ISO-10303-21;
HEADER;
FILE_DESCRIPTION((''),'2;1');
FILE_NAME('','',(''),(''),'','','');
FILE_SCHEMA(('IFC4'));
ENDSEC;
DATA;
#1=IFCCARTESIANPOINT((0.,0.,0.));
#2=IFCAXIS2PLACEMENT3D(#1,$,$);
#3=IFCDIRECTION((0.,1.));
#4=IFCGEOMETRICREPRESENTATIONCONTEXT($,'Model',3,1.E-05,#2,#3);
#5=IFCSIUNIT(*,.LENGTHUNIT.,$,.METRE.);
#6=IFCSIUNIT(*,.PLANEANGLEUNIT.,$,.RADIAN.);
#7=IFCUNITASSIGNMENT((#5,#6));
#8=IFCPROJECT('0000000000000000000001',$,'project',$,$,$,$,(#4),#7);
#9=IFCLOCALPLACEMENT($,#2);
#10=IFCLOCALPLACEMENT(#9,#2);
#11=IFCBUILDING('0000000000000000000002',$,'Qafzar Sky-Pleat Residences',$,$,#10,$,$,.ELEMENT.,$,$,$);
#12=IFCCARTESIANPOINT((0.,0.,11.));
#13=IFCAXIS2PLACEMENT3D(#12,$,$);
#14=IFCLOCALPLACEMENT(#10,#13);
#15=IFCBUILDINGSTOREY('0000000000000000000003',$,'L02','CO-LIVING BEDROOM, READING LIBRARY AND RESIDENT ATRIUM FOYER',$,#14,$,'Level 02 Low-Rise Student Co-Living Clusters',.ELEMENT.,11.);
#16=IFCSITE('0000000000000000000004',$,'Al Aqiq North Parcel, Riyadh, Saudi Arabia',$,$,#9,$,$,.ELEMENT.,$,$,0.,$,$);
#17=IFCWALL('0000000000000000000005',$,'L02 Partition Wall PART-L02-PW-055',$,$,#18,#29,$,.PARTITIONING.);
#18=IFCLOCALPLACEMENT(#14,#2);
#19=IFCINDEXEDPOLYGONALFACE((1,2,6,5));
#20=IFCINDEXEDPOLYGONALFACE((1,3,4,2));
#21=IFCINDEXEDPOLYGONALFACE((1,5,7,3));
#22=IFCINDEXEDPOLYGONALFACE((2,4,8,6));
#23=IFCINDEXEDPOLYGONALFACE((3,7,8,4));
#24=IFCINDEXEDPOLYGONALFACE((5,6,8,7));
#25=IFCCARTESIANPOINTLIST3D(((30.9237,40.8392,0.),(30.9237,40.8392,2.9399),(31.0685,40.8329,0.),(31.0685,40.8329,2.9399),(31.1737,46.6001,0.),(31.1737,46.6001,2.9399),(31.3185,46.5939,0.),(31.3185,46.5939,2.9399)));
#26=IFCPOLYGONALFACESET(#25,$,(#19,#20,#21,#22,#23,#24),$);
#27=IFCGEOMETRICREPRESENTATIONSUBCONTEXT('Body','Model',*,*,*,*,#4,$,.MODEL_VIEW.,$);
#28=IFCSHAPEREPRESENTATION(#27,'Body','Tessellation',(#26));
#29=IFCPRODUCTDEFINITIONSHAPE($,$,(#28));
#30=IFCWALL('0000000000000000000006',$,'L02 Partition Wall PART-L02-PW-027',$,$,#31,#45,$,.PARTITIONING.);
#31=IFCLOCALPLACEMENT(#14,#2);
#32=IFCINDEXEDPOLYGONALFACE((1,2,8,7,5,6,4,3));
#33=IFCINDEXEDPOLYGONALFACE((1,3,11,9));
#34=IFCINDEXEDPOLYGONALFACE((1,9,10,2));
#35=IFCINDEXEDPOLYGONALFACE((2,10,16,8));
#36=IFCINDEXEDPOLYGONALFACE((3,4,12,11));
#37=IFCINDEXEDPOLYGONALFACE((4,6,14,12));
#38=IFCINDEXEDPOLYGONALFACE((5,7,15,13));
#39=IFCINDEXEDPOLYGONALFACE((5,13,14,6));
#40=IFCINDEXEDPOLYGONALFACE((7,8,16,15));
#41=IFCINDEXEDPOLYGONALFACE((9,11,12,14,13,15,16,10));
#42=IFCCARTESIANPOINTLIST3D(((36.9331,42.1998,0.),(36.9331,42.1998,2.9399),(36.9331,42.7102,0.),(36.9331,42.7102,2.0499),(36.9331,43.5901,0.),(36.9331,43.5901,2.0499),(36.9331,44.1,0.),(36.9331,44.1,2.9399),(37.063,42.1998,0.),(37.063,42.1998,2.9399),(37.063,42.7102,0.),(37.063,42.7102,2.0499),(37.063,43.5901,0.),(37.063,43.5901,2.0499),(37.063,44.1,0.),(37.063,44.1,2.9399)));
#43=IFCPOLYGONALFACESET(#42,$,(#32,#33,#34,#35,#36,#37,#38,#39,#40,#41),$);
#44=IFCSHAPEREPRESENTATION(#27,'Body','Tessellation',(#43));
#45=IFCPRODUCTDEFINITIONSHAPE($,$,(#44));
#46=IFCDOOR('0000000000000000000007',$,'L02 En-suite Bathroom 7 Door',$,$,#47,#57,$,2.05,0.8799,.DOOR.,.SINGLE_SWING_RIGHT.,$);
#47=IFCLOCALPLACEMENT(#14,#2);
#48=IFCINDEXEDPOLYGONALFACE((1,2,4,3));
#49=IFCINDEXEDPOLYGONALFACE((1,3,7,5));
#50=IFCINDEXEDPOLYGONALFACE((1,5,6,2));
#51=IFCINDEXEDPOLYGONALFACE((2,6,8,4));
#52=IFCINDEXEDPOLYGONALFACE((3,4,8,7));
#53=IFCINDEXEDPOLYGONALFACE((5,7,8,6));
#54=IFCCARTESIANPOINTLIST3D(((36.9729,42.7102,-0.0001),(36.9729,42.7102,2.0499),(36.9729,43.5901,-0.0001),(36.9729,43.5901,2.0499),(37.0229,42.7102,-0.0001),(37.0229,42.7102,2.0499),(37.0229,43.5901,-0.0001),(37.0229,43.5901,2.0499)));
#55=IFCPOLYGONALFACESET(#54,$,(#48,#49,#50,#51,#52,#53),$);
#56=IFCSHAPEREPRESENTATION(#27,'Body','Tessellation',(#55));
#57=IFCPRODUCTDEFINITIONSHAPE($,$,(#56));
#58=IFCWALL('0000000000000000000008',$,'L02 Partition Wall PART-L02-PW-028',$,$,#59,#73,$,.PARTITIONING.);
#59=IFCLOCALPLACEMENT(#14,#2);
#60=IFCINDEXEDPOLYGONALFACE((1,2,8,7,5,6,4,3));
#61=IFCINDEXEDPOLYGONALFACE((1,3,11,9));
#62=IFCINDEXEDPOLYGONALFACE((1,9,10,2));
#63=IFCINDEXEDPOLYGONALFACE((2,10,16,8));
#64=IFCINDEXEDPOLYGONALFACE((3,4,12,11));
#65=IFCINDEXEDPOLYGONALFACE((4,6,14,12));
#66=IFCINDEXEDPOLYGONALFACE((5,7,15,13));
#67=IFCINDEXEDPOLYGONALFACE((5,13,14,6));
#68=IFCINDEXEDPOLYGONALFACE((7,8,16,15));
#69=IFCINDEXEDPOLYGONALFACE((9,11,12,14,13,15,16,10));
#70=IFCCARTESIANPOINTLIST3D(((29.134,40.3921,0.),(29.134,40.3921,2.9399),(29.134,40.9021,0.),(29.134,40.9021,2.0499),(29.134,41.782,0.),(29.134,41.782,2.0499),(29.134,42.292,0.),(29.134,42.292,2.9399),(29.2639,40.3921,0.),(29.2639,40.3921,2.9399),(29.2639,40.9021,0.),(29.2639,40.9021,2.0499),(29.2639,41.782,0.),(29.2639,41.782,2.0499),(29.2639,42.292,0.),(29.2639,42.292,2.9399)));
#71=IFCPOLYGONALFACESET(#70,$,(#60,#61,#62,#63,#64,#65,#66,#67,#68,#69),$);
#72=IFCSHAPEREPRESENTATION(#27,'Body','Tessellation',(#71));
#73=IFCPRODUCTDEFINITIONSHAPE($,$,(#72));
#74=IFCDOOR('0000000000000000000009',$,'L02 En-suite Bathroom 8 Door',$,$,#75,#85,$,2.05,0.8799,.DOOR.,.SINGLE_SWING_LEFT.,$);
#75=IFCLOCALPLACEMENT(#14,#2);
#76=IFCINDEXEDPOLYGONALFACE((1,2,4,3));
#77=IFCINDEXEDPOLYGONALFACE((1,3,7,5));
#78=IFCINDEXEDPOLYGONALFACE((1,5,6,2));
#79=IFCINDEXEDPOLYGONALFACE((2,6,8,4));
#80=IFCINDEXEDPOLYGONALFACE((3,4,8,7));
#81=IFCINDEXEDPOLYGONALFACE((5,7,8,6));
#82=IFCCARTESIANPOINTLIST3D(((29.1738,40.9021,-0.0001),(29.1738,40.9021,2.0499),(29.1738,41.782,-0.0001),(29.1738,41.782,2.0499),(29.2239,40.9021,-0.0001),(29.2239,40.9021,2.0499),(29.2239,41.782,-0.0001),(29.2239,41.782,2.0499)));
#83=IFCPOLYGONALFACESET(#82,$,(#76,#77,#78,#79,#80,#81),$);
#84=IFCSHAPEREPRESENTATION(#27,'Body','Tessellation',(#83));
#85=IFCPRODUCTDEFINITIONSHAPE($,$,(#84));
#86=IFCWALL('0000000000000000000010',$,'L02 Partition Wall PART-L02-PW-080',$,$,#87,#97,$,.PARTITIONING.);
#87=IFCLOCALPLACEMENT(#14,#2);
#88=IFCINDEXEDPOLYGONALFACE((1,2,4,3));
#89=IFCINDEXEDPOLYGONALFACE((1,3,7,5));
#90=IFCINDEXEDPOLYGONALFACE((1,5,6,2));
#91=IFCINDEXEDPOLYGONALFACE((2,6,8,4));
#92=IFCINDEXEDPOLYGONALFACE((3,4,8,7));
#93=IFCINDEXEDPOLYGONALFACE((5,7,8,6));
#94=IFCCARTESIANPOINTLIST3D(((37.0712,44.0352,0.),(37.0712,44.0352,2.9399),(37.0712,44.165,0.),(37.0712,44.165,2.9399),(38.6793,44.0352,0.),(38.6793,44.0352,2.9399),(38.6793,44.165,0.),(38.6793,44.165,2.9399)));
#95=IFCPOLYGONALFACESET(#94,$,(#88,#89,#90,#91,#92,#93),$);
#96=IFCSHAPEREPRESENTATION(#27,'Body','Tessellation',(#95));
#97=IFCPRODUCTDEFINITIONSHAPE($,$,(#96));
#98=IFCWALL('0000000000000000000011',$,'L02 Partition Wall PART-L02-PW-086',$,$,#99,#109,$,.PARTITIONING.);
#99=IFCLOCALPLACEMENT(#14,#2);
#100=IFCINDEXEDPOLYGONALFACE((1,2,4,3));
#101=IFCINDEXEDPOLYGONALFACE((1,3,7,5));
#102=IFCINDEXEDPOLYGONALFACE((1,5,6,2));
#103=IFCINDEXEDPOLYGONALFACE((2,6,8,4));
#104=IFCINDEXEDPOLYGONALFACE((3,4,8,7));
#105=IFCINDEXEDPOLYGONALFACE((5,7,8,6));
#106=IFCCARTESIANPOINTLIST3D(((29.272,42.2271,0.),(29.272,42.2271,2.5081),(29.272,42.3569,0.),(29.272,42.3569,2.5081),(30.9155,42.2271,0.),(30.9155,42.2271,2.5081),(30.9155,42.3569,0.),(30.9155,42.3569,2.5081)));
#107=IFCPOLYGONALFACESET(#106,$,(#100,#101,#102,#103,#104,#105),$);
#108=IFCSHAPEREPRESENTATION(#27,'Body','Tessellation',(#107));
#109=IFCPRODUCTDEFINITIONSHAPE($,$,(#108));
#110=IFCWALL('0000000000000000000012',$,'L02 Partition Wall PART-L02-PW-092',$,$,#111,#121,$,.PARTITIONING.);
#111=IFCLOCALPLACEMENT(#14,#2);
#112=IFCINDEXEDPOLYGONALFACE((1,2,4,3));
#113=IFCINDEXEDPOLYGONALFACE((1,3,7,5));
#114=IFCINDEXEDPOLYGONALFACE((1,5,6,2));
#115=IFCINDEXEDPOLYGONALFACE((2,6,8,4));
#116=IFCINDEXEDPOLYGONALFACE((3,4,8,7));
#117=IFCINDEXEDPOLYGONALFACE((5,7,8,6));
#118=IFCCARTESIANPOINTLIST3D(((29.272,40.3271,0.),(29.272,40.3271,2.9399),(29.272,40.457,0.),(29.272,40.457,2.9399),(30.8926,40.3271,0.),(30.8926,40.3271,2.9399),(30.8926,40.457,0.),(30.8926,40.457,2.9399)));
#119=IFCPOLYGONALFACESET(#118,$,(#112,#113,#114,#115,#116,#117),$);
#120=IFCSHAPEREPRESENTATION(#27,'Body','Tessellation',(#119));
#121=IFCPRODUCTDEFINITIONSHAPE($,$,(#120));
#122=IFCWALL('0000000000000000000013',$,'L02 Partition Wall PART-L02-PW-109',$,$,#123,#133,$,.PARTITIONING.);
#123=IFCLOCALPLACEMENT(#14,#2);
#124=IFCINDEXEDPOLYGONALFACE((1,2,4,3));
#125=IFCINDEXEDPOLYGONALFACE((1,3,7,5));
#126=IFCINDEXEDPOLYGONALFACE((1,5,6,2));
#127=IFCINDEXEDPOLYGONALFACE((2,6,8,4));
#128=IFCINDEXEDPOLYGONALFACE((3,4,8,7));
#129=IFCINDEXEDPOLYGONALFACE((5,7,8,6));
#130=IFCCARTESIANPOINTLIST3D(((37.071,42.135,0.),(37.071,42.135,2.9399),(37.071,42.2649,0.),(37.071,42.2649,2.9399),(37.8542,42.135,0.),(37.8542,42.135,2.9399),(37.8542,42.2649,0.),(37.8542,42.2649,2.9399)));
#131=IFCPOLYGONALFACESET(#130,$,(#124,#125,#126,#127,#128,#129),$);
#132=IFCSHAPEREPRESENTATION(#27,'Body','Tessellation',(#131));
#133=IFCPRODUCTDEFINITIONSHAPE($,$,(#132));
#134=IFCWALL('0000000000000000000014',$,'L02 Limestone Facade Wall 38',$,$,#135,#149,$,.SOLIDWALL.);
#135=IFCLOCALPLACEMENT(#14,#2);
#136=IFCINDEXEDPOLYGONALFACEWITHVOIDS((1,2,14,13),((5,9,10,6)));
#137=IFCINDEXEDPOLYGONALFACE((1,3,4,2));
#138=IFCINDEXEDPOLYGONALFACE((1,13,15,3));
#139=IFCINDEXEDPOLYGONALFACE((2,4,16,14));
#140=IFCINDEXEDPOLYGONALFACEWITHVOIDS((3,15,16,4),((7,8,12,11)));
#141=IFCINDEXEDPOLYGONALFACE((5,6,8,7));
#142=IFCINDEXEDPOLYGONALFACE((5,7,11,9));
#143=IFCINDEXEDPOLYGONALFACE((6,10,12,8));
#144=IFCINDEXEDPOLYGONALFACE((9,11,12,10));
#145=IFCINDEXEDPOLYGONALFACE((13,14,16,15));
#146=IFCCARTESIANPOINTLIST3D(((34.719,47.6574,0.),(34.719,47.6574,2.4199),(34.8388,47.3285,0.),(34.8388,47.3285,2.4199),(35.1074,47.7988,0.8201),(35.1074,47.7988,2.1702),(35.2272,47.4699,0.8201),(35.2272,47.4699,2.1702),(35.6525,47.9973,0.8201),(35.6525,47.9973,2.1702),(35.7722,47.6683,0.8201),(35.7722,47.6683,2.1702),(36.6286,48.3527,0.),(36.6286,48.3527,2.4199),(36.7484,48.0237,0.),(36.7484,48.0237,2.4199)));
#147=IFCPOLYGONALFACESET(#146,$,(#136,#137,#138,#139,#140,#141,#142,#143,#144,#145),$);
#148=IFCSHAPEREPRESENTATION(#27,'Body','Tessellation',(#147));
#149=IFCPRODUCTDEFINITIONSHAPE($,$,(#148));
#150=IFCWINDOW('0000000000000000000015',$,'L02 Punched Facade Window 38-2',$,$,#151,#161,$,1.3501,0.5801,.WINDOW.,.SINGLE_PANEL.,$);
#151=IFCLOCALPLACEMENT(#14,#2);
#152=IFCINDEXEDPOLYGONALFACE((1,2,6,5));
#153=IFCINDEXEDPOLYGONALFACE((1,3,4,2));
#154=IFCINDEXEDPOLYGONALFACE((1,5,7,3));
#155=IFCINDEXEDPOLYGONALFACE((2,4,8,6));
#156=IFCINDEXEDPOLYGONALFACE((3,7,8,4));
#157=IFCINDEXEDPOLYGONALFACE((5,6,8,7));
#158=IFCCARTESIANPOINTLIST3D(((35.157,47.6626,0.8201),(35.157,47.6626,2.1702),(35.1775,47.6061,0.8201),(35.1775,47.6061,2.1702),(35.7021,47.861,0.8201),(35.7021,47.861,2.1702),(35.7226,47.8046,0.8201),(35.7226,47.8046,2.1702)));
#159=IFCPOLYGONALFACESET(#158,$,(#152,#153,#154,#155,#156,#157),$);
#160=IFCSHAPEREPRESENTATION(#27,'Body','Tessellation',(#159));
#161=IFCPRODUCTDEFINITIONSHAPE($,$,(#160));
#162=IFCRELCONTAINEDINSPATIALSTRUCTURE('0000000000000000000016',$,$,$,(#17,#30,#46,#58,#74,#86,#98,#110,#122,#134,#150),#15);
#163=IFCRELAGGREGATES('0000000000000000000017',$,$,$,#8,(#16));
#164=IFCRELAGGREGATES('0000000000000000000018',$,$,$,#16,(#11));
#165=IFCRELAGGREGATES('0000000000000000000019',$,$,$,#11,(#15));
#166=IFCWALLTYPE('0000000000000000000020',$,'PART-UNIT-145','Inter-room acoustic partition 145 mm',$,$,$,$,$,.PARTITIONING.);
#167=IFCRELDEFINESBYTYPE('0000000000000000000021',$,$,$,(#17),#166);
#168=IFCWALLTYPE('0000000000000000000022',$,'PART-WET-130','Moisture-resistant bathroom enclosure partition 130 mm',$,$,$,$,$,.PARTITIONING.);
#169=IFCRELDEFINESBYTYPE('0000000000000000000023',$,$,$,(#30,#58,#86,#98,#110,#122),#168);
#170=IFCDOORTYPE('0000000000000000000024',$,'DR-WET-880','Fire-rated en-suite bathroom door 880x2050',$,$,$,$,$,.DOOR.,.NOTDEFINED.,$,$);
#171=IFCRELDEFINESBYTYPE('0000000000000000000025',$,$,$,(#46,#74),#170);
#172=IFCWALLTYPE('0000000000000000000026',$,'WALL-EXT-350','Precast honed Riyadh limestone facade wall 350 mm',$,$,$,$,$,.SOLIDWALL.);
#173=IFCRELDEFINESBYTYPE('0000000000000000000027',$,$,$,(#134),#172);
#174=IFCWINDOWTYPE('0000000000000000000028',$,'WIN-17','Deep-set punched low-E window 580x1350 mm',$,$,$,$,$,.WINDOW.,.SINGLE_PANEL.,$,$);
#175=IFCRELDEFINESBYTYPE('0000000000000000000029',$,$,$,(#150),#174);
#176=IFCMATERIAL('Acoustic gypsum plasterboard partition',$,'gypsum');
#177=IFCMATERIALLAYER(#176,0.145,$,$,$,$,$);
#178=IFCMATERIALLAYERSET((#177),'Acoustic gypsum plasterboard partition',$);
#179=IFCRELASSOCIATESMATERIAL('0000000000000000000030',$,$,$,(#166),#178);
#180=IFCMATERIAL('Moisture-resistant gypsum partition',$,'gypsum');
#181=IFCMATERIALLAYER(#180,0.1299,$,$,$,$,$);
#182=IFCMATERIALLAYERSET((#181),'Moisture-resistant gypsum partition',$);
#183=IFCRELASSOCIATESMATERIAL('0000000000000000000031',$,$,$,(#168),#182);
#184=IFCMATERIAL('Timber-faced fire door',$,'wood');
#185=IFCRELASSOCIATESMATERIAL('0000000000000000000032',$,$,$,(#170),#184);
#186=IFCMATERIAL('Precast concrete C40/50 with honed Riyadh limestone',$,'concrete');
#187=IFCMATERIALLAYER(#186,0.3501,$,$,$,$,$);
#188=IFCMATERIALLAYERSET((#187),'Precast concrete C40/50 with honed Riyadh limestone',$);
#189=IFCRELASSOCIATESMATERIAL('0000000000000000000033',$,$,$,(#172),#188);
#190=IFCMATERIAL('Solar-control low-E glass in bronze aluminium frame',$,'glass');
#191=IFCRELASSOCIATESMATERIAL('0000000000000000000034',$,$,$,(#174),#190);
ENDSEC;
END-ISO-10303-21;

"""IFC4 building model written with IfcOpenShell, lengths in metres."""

from ifc_helpers import new_model, si_unit, direction, frame, frame_2d, origin, place, context, subcontext, project, spatial, rectangle, extrude, source, transform, mapped, material, layer, layer_set, type_object, element, fill, save


model = new_model("IFC4")

# Units and contexts
model_context = context("Model", 3, precision=1e-05, world=origin(), true_north=direction((0.0, 1.0)))
body_context = subcontext(model_context, "Body", "Model", "MODEL_VIEW")
ifc_project = project(units=[si_unit("LENGTHUNIT", "METRE"), si_unit("PLANEANGLEUNIT", "RADIAN")], contexts=[model_context])

# Site, building, storey
site_placement = place(None, origin())
site = spatial("IfcSite", under=ifc_project, at=site_placement, Name="Al Aqiq North Parcel, Riyadh, Saudi Arabia", CompositionType="ELEMENT", RefElevation=0.0)
building_placement = place(site_placement, origin())
building = spatial("IfcBuilding", under=site, at=building_placement, Name="Qafzar Sky-Pleat Residences", CompositionType="ELEMENT")
storey_placement = place(building_placement, frame((0.0, 0.0, 11.0)))
storey = spatial("IfcBuildingStorey", under=building, at=storey_placement, Name="L02", Description="CO-LIVING BEDROOM, READING LIBRARY AND RESIDENT ATRIUM FOYER", LongName="Level 02 Low-Rise Student Co-Living Clusters", CompositionType="ELEMENT", Elevation=11.0)

# Wall
ifc_material_1 = material(Name="Acoustic gypsum plasterboard partition", Category="gypsum")
ifc_layer_1 = layer(ifc_material_1, 0.145)
ifc_layer_set_1 = layer_set([ifc_layer_1], Name="Acoustic gypsum plasterboard partition")
wall_type_1 = type_object("IfcWallType", Name="PART-UNIT-145", Description="Inter-room acoustic partition 145 mm", PredefinedType="PARTITIONING", material=ifc_layer_set_1)
wall_1_placement = place(storey_placement, frame((30.9961, 40.8359, 0.0), z_axis=(0.0, 0.0, 1.0), x_axis=(0.043355, 0.99906, 0.0)))
element("IfcWall", 1, at=wall_1_placement, inside=storey, type_object=wall_type_1, Name="L02 Partition Wall PART-L02-PW-055", PredefinedType="PARTITIONING", context=body_context, shape_type="SweptSolid", body=[
    extrude(rectangle(XDim=5.7664, YDim=0.145, at=frame_2d((2.8833, 0.0))), origin(), (0.0, 0.0, 1.0), 2.9399),
])

# Walls, openings, doors
ifc_material_2 = material(Name="Moisture-resistant gypsum partition", Category="gypsum")
ifc_layer_2 = layer(ifc_material_2, 0.1299)
ifc_layer_set_2 = layer_set([ifc_layer_2], Name="Moisture-resistant gypsum partition")
wall_type_2 = type_object("IfcWallType", Name="PART-WET-130", Description="Moisture-resistant bathroom enclosure partition 130 mm", PredefinedType="PARTITIONING", material=ifc_layer_set_2)
wall_2_placement = place(storey_placement, frame((36.998, 44.1001, 0.0), z_axis=(0.0, 0.0, 1.0), x_axis=(0.0, -1.0, 0.0)))
wall_2 = element("IfcWall", 2, at=wall_2_placement, inside=storey, type_object=wall_type_2, Name="L02 Partition Wall PART-L02-PW-027", PredefinedType="PARTITIONING", context=body_context, shape_type="SweptSolid", body=[
    extrude(rectangle(XDim=1.9001, YDim=0.1299, at=frame_2d((0.9502, 0.0))), origin(), (0.0, 0.0, 1.0), 2.9399),
])
opening_1_placement = place(wall_2_placement, frame((0.51, 0.0, 0.0)))
opening_1 = element("IfcOpeningElement", 3, at=opening_1_placement, cuts=wall_2, PredefinedType="OPENING", context=body_context, shape_type="SweptSolid", body=[
    extrude(rectangle(XDim=0.8799, YDim=2.05, at=frame_2d((0.4399, 1.0249))), frame((0.0, 0.075, 0.0), z_axis=(0.0, -1.0, 0.0), x_axis=(1.0, 0.0, 0.0)), (0.0, 0.0, 1.0), 0.1499),
])
ifc_material_3 = material(Name="Timber-faced fire door", Category="wood")
door_type_1 = type_object("IfcDoorType", Name="DR-WET-880", Description="Fire-rated en-suite bathroom door 880x2050", OperationType="NOTDEFINED", PredefinedType="DOOR", material=ifc_material_3)
shared_shape_1 = source(origin(), body_context, "Body", "SweptSolid", [
    extrude(rectangle(XDim=0.8799, YDim=2.05, at=frame_2d((0.4399, 1.0249))), frame((0.0, 0.0249, 0.0), z_axis=(0.0, -1.0, 0.0), x_axis=(1.0, 0.0, 0.0)), (0.0, 0.0, 1.0), 0.05),
])
door_1_placement = place(opening_1_placement, origin())
door_1 = element("IfcDoor", 4, at=door_1_placement, inside=storey, type_object=door_type_1, Name="L02 En-suite Bathroom 7 Door", OperationType="SINGLE_SWING_RIGHT", OverallHeight=2.05, OverallWidth=0.8799, PredefinedType="DOOR", context=body_context, shape_type="MappedRepresentation", body=[
    mapped(shared_shape_1, transform((0.0, 0.0, 0.0), x_axis=(1.0, 0.0, 0.0), y_axis=(0.0, 1.0, 0.0), z_axis=(0.0, 0.0, 1.0), scale=1.0)),
])
fill(opening_1, door_1)
wall_3_placement = place(storey_placement, frame((29.199, 42.292, 0.0), z_axis=(0.0, 0.0, 1.0), x_axis=(0.0, -1.0, 0.0)))
wall_3 = element("IfcWall", 5, at=wall_3_placement, inside=storey, type_object=wall_type_2, Name="L02 Partition Wall PART-L02-PW-028", PredefinedType="PARTITIONING", context=body_context, shape_type="SweptSolid", body=[
    extrude(rectangle(XDim=1.8999, YDim=0.1299, at=frame_2d((0.95, 0.0))), origin(), (0.0, 0.0, 1.0), 2.9399),
])
opening_2_placement = place(wall_3_placement, frame((0.51, 0.0, 0.0)))
opening_2 = element("IfcOpeningElement", 6, at=opening_2_placement, cuts=wall_3, PredefinedType="OPENING", context=body_context, shape_type="SweptSolid", body=[
    extrude(rectangle(XDim=0.8799, YDim=2.05, at=frame_2d((0.4399, 1.0249))), frame((0.0, 0.075, 0.0), z_axis=(0.0, -1.0, 0.0), x_axis=(1.0, 0.0, 0.0)), (0.0, 0.0, 1.0), 0.1499),
])
door_2_placement = place(opening_2_placement, origin())
door_2 = element("IfcDoor", 7, at=door_2_placement, inside=storey, type_object=door_type_1, Name="L02 En-suite Bathroom 8 Door", OperationType="SINGLE_SWING_LEFT", OverallHeight=2.05, OverallWidth=0.8799, PredefinedType="DOOR", context=body_context, shape_type="MappedRepresentation", body=[
    mapped(shared_shape_1, transform((0.0, 0.0, 0.0), x_axis=(1.0, 0.0, 0.0), y_axis=(0.0, 1.0, 0.0), z_axis=(0.0, 0.0, 1.0), scale=1.0)),
])
fill(opening_2, door_2)

# Walls
wall_4_placement = place(storey_placement, frame((37.071, 44.1001, 0.0), z_axis=(0.0, 0.0, 1.0), x_axis=(1.0, 0.0, 0.0)))
element("IfcWall", 8, at=wall_4_placement, inside=storey, type_object=wall_type_2, Name="L02 Partition Wall PART-L02-PW-080", PredefinedType="PARTITIONING", context=body_context, shape_type="SweptSolid", body=[
    extrude(rectangle(XDim=1.6082, YDim=0.1299, at=frame_2d((0.8042, 0.0))), origin(), (0.0, 0.0, 1.0), 2.9399),
])
wall_5_placement = place(storey_placement, frame((29.272, 42.292, 0.0), z_axis=(0.0, 0.0, 1.0), x_axis=(1.0, 0.0, 0.0)))
element("IfcWall", 9, at=wall_5_placement, inside=storey, type_object=wall_type_2, Name="L02 Partition Wall PART-L02-PW-086", PredefinedType="PARTITIONING", context=body_context, shape_type="SweptSolid", body=[
    extrude(rectangle(XDim=1.6436, YDim=0.1299, at=frame_2d((0.8218, 0.0))), origin(), (0.0, 0.0, 1.0), 2.5081),
])
wall_6_placement = place(storey_placement, frame((29.272, 40.3921, 0.0), z_axis=(0.0, 0.0, 1.0), x_axis=(1.0, 0.0, 0.0)))
element("IfcWall", 10, at=wall_6_placement, inside=storey, type_object=wall_type_2, Name="L02 Partition Wall PART-L02-PW-092", PredefinedType="PARTITIONING", context=body_context, shape_type="SweptSolid", body=[
    extrude(rectangle(XDim=1.6206, YDim=0.1299, at=frame_2d((0.8103, 0.0))), origin(), (0.0, 0.0, 1.0), 2.9399),
])
wall_7_placement = place(storey_placement, frame((37.071, 42.2, 0.0), z_axis=(0.0, 0.0, 1.0), x_axis=(1.0, 0.0, 0.0)))
element("IfcWall", 11, at=wall_7_placement, inside=storey, type_object=wall_type_2, Name="L02 Partition Wall PART-L02-PW-109", PredefinedType="PARTITIONING", context=body_context, shape_type="SweptSolid", body=[
    extrude(rectangle(XDim=0.7832, YDim=0.1299, at=frame_2d((0.3916, 0.0))), origin(), (0.0, 0.0, 1.0), 2.9399),
])

# Wall, opening, window
ifc_material_4 = material(Name="Precast concrete C40/50 with honed Riyadh limestone", Category="concrete")
ifc_layer_3 = layer(ifc_material_4, 0.3501)
ifc_layer_set_3 = layer_set([ifc_layer_3], Name="Precast concrete C40/50 with honed Riyadh limestone")
wall_type_3 = type_object("IfcWallType", Name="WALL-EXT-350", Description="Precast honed Riyadh limestone facade wall 350 mm", PredefinedType="SOLIDWALL", material=ifc_layer_set_3)
wall_8_placement = place(storey_placement, frame((36.6885, 48.1882, 0.0), z_axis=(0.0, 0.0, 1.0), x_axis=(-0.939653, -0.342129, 0.0)))
wall_8 = element("IfcWall", 12, at=wall_8_placement, inside=storey, type_object=wall_type_3, Name="L02 Limestone Facade Wall 38", PredefinedType="SOLIDWALL", context=body_context, shape_type="SweptSolid", body=[
    extrude(rectangle(XDim=2.0322, YDim=0.3501, at=frame_2d((1.0161, 0.0))), origin(), (0.0, 0.0, 1.0), 2.4199),
])
opening_3_placement = place(wall_8_placement, frame((1.0388, 0.0, 0.8201)))
opening_3 = element("IfcOpeningElement", 13, at=opening_3_placement, cuts=wall_8, PredefinedType="OPENING", context=body_context, shape_type="SweptSolid", body=[
    extrude(rectangle(XDim=0.5801, YDim=1.3501, at=frame_2d((0.29, 0.675))), frame((0.0, 0.1851, 0.0), z_axis=(0.0, -1.0, 0.0), x_axis=(1.0, 0.0, 0.0)), (0.0, 0.0, 1.0), 0.3701),
])
ifc_material_5 = material(Name="Solar-control low-E glass in bronze aluminium frame", Category="glass")
window_type_1 = type_object("IfcWindowType", Name="WIN-17", Description="Deep-set punched low-E window 580x1350 mm", PartitioningType="SINGLE_PANEL", PredefinedType="WINDOW", material=ifc_material_5)
shared_shape_2 = source(origin(), body_context, "Body", "SweptSolid", [
    extrude(rectangle(XDim=0.5801, YDim=1.3501, at=frame_2d((0.29, 0.675))), frame((0.0, 0.03, 0.0), z_axis=(0.0, -1.0, 0.0), x_axis=(1.0, 0.0, 0.0)), (0.0, 0.0, 1.0), 0.0601),
])
window_1_placement = place(opening_3_placement, origin())
window_1 = element("IfcWindow", 14, at=window_1_placement, inside=storey, type_object=window_type_1, Name="L02 Punched Facade Window 38-2", OverallHeight=1.3501, OverallWidth=0.5801, PartitioningType="SINGLE_PANEL", PredefinedType="WINDOW", context=body_context, shape_type="MappedRepresentation", body=[
    mapped(shared_shape_2, transform((0.0, 0.0, 0.0), x_axis=(1.0, 0.0, 0.0), y_axis=(0.0, 1.0, 0.0), z_axis=(0.0, 0.0, 1.0), scale=1.0)),
])
fill(opening_3, window_1)

save(model, "model.ifc")
